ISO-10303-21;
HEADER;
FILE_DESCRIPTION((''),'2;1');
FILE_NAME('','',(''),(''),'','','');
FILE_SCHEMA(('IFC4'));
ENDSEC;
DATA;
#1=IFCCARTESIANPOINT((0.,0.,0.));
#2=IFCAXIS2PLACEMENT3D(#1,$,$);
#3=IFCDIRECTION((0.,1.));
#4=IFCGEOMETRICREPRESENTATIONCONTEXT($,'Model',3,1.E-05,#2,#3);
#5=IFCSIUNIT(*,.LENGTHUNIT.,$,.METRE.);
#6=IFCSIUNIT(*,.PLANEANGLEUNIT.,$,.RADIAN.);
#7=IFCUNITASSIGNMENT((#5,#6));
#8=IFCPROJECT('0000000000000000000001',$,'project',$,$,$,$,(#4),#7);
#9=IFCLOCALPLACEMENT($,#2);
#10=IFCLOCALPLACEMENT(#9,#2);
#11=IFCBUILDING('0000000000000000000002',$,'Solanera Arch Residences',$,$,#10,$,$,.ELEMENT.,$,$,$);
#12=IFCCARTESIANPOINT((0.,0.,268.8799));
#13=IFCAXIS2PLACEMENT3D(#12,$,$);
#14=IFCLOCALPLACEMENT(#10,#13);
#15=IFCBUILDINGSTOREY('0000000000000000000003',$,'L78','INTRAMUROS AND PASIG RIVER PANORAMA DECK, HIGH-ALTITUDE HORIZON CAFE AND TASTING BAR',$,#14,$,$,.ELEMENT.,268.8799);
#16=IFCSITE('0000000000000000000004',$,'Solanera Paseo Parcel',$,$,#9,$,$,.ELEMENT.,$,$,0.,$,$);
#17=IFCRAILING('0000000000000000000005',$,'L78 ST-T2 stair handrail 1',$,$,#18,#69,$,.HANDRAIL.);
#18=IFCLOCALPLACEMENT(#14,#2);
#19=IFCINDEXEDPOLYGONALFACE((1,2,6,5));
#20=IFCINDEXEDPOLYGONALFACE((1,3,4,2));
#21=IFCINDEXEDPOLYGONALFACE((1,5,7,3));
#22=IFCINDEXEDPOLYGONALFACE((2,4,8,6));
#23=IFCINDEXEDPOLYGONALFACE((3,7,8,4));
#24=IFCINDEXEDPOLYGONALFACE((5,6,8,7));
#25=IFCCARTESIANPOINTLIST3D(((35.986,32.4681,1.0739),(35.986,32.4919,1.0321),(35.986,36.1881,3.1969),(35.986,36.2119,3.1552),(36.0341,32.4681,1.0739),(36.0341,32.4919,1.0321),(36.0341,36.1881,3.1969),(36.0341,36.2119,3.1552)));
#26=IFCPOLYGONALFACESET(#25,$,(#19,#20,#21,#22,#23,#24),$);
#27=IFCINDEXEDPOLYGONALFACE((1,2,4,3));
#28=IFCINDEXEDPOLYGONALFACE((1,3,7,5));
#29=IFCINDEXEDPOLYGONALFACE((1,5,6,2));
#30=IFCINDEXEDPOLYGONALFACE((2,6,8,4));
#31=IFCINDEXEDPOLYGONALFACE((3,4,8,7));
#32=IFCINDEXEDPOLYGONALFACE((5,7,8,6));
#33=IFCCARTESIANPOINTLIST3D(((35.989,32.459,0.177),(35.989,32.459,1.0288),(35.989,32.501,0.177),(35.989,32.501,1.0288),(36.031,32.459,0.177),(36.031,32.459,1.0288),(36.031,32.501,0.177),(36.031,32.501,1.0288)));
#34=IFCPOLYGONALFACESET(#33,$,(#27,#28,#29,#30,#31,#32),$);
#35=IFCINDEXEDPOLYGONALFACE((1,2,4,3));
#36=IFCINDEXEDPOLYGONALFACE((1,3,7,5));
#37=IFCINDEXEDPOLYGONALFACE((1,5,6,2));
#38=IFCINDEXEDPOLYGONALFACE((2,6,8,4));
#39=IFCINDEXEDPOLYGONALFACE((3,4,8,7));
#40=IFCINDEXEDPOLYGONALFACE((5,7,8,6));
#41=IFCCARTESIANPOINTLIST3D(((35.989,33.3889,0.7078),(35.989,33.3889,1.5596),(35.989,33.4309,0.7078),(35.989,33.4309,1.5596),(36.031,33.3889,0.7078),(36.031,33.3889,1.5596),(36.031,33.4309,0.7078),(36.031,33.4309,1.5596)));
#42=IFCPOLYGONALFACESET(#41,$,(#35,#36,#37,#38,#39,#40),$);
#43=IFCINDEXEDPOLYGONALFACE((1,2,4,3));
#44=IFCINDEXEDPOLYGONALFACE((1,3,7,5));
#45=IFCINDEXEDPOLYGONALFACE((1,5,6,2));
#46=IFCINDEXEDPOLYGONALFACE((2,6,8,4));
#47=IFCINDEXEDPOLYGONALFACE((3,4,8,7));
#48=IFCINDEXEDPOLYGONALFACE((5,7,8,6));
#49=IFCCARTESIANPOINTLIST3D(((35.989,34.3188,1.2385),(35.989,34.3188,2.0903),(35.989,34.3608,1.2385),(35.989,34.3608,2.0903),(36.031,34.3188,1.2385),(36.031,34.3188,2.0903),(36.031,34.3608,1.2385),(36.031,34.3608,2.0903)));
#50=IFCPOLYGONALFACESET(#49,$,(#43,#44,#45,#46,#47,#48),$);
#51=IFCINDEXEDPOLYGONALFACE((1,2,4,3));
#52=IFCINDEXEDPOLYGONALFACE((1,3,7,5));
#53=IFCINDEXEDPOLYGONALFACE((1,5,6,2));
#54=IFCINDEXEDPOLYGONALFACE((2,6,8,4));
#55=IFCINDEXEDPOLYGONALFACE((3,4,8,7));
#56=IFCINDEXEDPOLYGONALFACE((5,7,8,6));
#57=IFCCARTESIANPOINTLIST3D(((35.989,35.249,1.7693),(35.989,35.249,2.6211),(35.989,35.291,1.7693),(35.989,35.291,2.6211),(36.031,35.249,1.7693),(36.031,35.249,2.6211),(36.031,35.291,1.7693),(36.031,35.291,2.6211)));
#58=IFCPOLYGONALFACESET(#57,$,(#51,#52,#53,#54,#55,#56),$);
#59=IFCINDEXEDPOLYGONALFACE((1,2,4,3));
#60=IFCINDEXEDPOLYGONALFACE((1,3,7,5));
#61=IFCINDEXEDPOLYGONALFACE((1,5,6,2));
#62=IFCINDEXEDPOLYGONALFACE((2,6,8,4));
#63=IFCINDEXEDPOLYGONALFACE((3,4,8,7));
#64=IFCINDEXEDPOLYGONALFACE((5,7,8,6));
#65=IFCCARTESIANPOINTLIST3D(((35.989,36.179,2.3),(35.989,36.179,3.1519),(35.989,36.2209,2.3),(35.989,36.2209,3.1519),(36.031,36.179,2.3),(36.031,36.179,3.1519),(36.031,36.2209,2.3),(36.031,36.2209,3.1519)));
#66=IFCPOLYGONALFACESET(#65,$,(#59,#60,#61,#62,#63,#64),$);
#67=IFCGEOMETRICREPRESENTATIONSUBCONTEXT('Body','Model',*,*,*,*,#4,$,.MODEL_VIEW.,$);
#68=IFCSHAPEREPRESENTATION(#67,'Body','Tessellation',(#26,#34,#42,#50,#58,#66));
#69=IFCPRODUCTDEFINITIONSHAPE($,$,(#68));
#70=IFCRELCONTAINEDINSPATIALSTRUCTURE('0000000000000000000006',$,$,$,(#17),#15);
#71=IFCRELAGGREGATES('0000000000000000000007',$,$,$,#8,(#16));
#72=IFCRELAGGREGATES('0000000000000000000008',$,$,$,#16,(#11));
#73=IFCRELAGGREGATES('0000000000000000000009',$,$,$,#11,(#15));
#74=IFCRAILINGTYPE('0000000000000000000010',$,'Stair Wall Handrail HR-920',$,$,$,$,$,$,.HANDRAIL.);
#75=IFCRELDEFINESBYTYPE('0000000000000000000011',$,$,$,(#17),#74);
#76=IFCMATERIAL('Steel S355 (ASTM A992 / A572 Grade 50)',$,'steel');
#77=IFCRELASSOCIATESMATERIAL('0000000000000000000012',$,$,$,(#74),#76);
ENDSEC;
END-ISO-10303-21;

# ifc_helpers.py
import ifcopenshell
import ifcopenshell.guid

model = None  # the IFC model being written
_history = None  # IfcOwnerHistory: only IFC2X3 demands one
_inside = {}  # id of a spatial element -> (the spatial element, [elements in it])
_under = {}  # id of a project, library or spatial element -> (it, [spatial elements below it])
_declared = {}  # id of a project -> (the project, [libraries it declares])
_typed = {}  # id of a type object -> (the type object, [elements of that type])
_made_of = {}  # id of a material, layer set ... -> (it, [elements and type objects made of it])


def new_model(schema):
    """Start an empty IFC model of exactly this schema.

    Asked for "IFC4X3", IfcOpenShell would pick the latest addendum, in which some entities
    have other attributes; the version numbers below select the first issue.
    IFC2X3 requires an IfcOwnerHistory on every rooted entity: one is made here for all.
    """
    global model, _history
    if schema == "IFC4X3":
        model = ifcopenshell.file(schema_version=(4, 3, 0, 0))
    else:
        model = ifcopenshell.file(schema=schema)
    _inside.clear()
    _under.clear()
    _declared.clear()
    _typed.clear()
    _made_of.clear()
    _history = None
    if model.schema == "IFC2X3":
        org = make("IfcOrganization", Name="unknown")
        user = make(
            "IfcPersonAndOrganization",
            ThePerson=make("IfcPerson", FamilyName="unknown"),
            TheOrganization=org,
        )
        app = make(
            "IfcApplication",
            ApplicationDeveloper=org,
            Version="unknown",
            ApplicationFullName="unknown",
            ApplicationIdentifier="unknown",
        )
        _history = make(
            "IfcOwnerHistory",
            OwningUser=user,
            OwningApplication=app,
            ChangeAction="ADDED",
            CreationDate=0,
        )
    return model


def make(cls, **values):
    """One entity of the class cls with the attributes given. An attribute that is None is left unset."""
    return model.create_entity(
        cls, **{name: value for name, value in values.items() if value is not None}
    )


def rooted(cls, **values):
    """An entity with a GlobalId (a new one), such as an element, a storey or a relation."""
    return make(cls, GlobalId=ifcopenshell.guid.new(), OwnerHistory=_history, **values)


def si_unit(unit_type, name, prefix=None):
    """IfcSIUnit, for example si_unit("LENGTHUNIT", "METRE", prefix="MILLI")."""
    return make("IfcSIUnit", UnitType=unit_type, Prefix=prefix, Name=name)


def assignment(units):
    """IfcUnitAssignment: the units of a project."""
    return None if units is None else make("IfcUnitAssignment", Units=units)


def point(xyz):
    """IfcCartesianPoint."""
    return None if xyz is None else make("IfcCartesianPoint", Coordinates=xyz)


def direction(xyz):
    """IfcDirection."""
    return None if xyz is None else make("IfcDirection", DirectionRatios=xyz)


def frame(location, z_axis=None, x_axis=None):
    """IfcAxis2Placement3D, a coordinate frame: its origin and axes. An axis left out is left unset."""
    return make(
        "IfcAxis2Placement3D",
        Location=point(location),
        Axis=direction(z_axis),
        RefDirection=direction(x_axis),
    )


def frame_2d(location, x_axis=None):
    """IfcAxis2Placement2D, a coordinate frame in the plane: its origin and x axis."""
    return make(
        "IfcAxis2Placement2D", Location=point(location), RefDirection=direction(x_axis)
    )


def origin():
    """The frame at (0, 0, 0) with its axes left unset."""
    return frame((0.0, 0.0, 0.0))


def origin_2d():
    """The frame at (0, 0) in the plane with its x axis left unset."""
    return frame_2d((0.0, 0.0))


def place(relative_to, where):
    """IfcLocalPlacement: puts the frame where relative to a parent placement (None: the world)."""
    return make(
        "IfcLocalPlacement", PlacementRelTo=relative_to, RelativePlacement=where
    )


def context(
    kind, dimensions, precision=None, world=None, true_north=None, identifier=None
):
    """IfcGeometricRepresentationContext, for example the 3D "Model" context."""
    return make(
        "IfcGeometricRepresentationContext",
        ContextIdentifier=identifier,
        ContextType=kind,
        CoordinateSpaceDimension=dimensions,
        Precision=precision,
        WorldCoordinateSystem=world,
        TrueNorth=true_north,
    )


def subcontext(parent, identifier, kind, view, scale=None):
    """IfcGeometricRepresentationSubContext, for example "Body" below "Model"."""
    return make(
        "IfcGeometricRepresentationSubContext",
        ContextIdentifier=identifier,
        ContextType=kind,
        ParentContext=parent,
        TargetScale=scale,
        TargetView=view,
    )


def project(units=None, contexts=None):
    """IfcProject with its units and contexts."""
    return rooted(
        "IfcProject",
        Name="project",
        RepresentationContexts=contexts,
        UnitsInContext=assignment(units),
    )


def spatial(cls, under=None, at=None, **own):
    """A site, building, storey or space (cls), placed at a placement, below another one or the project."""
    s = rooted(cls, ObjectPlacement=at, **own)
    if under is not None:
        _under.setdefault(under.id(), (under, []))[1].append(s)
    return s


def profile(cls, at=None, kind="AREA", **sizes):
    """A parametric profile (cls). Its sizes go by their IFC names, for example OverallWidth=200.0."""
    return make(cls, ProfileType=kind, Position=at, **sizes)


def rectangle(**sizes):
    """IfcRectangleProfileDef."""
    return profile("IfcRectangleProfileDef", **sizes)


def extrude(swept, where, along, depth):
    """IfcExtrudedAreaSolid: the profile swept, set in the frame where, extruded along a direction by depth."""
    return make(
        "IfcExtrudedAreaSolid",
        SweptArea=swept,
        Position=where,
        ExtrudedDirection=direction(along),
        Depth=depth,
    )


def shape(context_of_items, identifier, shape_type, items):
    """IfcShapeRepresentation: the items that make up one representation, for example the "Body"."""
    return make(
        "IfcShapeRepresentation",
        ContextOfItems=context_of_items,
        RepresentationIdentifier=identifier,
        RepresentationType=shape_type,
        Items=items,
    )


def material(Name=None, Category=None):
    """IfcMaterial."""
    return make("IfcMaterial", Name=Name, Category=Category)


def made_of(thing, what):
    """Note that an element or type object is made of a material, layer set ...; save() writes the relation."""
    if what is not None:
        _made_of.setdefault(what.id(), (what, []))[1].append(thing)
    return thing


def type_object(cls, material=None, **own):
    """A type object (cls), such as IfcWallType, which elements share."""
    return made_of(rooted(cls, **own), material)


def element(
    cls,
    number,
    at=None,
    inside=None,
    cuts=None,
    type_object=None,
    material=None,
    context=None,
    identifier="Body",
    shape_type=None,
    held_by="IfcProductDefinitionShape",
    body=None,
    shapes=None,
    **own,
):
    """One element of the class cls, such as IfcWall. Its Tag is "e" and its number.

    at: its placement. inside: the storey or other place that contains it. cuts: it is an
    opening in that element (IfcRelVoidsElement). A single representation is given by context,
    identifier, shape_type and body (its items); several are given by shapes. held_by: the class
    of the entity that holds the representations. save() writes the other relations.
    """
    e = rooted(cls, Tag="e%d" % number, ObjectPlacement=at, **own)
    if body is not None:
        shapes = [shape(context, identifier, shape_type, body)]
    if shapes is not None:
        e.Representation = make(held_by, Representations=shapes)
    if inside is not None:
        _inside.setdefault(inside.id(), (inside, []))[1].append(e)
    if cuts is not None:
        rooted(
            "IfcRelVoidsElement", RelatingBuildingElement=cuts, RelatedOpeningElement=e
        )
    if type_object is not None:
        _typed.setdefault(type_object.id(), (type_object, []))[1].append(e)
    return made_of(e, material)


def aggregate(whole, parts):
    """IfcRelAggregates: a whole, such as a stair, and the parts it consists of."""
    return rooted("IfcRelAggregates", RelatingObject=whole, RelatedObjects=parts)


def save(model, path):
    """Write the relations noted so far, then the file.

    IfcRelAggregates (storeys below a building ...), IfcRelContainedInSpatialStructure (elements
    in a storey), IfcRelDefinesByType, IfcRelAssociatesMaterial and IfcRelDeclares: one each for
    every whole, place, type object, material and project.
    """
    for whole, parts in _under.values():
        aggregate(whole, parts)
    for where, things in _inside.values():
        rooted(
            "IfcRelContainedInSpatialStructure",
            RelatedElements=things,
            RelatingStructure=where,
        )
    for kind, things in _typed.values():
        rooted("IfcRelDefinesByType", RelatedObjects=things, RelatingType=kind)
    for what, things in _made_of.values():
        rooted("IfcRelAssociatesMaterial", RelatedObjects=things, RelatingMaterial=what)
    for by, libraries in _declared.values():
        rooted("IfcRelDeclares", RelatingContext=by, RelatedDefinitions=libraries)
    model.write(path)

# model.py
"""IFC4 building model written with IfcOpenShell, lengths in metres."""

from ifc_helpers import new_model, si_unit, direction, frame, origin, origin_2d, place, context, subcontext, project, spatial, rectangle, extrude, material, type_object, element, save


model = new_model("IFC4")

# Units and contexts
model_context = context("Model", 3, precision=1e-05, world=origin(), true_north=direction((0.0, 1.0)))
body_context = subcontext(model_context, "Body", "Model", "MODEL_VIEW")
ifc_project = project(units=[si_unit("LENGTHUNIT", "METRE"), si_unit("PLANEANGLEUNIT", "RADIAN")], contexts=[model_context])

# Site, building, storey
site_placement = place(None, origin())
site = spatial("IfcSite", under=ifc_project, at=site_placement, Name="Solanera Paseo Parcel", CompositionType="ELEMENT", RefElevation=0.0)
building_placement = place(site_placement, origin())
building = spatial("IfcBuilding", under=site, at=building_placement, Name="Solanera Arch Residences", CompositionType="ELEMENT")
storey_placement = place(building_placement, frame((0.0, 0.0, 268.8799)))
storey = spatial("IfcBuildingStorey", under=building, at=storey_placement, Name="L78", Description="INTRAMUROS AND PASIG RIVER PANORAMA DECK, HIGH-ALTITUDE HORIZON CAFE AND TASTING BAR", CompositionType="ELEMENT", Elevation=268.8799)

# Railing
ifc_material_1 = material(Name="Steel S355 (ASTM A992 / A572 Grade 50)", Category="steel")
railing_type_1 = type_object("IfcRailingType", Name="Stair Wall Handrail HR-920", PredefinedType="HANDRAIL", material=ifc_material_1)
railing_1_placement = place(storey_placement, frame((36.01, 32.48, 0.177)))
element("IfcRailing", 1, at=railing_1_placement, inside=storey, type_object=railing_type_1, Name="L78 ST-T2 stair handrail 1", PredefinedType="HANDRAIL", context=body_context, shape_type="SweptSolid", body=[
    extrude(rectangle(XDim=0.0481, YDim=0.0481, at=origin_2d()), frame((0.0, 0.0, 0.876), z_axis=(0.0, 0.86851, 0.495672), x_axis=(-1.0, 0.0, 0.0)), (0.0, 0.0, 1.0), 4.2832),
    extrude(rectangle(XDim=0.042, YDim=0.042, at=origin_2d()), origin(), (0.0, 0.0, 1.0), 0.8518),
    extrude(rectangle(XDim=0.042, YDim=0.042, at=origin_2d()), frame((0.0, 0.9299, 0.5308)), (0.0, 0.0, 1.0), 0.8518),
    extrude(rectangle(XDim=0.042, YDim=0.042, at=origin_2d()), frame((0.0, 1.8599, 1.0615)), (0.0, 0.0, 1.0), 0.8518),
    extrude(rectangle(XDim=0.042, YDim=0.042, at=origin_2d()), frame((0.0, 2.79, 1.5923)), (0.0, 0.0, 1.0), 0.8518),
    extrude(rectangle(XDim=0.042, YDim=0.042, at=origin_2d()), frame((0.0, 3.72, 2.123)), (0.0, 0.0, 1.0), 0.8518),
])

save(model, "model.ifc")
